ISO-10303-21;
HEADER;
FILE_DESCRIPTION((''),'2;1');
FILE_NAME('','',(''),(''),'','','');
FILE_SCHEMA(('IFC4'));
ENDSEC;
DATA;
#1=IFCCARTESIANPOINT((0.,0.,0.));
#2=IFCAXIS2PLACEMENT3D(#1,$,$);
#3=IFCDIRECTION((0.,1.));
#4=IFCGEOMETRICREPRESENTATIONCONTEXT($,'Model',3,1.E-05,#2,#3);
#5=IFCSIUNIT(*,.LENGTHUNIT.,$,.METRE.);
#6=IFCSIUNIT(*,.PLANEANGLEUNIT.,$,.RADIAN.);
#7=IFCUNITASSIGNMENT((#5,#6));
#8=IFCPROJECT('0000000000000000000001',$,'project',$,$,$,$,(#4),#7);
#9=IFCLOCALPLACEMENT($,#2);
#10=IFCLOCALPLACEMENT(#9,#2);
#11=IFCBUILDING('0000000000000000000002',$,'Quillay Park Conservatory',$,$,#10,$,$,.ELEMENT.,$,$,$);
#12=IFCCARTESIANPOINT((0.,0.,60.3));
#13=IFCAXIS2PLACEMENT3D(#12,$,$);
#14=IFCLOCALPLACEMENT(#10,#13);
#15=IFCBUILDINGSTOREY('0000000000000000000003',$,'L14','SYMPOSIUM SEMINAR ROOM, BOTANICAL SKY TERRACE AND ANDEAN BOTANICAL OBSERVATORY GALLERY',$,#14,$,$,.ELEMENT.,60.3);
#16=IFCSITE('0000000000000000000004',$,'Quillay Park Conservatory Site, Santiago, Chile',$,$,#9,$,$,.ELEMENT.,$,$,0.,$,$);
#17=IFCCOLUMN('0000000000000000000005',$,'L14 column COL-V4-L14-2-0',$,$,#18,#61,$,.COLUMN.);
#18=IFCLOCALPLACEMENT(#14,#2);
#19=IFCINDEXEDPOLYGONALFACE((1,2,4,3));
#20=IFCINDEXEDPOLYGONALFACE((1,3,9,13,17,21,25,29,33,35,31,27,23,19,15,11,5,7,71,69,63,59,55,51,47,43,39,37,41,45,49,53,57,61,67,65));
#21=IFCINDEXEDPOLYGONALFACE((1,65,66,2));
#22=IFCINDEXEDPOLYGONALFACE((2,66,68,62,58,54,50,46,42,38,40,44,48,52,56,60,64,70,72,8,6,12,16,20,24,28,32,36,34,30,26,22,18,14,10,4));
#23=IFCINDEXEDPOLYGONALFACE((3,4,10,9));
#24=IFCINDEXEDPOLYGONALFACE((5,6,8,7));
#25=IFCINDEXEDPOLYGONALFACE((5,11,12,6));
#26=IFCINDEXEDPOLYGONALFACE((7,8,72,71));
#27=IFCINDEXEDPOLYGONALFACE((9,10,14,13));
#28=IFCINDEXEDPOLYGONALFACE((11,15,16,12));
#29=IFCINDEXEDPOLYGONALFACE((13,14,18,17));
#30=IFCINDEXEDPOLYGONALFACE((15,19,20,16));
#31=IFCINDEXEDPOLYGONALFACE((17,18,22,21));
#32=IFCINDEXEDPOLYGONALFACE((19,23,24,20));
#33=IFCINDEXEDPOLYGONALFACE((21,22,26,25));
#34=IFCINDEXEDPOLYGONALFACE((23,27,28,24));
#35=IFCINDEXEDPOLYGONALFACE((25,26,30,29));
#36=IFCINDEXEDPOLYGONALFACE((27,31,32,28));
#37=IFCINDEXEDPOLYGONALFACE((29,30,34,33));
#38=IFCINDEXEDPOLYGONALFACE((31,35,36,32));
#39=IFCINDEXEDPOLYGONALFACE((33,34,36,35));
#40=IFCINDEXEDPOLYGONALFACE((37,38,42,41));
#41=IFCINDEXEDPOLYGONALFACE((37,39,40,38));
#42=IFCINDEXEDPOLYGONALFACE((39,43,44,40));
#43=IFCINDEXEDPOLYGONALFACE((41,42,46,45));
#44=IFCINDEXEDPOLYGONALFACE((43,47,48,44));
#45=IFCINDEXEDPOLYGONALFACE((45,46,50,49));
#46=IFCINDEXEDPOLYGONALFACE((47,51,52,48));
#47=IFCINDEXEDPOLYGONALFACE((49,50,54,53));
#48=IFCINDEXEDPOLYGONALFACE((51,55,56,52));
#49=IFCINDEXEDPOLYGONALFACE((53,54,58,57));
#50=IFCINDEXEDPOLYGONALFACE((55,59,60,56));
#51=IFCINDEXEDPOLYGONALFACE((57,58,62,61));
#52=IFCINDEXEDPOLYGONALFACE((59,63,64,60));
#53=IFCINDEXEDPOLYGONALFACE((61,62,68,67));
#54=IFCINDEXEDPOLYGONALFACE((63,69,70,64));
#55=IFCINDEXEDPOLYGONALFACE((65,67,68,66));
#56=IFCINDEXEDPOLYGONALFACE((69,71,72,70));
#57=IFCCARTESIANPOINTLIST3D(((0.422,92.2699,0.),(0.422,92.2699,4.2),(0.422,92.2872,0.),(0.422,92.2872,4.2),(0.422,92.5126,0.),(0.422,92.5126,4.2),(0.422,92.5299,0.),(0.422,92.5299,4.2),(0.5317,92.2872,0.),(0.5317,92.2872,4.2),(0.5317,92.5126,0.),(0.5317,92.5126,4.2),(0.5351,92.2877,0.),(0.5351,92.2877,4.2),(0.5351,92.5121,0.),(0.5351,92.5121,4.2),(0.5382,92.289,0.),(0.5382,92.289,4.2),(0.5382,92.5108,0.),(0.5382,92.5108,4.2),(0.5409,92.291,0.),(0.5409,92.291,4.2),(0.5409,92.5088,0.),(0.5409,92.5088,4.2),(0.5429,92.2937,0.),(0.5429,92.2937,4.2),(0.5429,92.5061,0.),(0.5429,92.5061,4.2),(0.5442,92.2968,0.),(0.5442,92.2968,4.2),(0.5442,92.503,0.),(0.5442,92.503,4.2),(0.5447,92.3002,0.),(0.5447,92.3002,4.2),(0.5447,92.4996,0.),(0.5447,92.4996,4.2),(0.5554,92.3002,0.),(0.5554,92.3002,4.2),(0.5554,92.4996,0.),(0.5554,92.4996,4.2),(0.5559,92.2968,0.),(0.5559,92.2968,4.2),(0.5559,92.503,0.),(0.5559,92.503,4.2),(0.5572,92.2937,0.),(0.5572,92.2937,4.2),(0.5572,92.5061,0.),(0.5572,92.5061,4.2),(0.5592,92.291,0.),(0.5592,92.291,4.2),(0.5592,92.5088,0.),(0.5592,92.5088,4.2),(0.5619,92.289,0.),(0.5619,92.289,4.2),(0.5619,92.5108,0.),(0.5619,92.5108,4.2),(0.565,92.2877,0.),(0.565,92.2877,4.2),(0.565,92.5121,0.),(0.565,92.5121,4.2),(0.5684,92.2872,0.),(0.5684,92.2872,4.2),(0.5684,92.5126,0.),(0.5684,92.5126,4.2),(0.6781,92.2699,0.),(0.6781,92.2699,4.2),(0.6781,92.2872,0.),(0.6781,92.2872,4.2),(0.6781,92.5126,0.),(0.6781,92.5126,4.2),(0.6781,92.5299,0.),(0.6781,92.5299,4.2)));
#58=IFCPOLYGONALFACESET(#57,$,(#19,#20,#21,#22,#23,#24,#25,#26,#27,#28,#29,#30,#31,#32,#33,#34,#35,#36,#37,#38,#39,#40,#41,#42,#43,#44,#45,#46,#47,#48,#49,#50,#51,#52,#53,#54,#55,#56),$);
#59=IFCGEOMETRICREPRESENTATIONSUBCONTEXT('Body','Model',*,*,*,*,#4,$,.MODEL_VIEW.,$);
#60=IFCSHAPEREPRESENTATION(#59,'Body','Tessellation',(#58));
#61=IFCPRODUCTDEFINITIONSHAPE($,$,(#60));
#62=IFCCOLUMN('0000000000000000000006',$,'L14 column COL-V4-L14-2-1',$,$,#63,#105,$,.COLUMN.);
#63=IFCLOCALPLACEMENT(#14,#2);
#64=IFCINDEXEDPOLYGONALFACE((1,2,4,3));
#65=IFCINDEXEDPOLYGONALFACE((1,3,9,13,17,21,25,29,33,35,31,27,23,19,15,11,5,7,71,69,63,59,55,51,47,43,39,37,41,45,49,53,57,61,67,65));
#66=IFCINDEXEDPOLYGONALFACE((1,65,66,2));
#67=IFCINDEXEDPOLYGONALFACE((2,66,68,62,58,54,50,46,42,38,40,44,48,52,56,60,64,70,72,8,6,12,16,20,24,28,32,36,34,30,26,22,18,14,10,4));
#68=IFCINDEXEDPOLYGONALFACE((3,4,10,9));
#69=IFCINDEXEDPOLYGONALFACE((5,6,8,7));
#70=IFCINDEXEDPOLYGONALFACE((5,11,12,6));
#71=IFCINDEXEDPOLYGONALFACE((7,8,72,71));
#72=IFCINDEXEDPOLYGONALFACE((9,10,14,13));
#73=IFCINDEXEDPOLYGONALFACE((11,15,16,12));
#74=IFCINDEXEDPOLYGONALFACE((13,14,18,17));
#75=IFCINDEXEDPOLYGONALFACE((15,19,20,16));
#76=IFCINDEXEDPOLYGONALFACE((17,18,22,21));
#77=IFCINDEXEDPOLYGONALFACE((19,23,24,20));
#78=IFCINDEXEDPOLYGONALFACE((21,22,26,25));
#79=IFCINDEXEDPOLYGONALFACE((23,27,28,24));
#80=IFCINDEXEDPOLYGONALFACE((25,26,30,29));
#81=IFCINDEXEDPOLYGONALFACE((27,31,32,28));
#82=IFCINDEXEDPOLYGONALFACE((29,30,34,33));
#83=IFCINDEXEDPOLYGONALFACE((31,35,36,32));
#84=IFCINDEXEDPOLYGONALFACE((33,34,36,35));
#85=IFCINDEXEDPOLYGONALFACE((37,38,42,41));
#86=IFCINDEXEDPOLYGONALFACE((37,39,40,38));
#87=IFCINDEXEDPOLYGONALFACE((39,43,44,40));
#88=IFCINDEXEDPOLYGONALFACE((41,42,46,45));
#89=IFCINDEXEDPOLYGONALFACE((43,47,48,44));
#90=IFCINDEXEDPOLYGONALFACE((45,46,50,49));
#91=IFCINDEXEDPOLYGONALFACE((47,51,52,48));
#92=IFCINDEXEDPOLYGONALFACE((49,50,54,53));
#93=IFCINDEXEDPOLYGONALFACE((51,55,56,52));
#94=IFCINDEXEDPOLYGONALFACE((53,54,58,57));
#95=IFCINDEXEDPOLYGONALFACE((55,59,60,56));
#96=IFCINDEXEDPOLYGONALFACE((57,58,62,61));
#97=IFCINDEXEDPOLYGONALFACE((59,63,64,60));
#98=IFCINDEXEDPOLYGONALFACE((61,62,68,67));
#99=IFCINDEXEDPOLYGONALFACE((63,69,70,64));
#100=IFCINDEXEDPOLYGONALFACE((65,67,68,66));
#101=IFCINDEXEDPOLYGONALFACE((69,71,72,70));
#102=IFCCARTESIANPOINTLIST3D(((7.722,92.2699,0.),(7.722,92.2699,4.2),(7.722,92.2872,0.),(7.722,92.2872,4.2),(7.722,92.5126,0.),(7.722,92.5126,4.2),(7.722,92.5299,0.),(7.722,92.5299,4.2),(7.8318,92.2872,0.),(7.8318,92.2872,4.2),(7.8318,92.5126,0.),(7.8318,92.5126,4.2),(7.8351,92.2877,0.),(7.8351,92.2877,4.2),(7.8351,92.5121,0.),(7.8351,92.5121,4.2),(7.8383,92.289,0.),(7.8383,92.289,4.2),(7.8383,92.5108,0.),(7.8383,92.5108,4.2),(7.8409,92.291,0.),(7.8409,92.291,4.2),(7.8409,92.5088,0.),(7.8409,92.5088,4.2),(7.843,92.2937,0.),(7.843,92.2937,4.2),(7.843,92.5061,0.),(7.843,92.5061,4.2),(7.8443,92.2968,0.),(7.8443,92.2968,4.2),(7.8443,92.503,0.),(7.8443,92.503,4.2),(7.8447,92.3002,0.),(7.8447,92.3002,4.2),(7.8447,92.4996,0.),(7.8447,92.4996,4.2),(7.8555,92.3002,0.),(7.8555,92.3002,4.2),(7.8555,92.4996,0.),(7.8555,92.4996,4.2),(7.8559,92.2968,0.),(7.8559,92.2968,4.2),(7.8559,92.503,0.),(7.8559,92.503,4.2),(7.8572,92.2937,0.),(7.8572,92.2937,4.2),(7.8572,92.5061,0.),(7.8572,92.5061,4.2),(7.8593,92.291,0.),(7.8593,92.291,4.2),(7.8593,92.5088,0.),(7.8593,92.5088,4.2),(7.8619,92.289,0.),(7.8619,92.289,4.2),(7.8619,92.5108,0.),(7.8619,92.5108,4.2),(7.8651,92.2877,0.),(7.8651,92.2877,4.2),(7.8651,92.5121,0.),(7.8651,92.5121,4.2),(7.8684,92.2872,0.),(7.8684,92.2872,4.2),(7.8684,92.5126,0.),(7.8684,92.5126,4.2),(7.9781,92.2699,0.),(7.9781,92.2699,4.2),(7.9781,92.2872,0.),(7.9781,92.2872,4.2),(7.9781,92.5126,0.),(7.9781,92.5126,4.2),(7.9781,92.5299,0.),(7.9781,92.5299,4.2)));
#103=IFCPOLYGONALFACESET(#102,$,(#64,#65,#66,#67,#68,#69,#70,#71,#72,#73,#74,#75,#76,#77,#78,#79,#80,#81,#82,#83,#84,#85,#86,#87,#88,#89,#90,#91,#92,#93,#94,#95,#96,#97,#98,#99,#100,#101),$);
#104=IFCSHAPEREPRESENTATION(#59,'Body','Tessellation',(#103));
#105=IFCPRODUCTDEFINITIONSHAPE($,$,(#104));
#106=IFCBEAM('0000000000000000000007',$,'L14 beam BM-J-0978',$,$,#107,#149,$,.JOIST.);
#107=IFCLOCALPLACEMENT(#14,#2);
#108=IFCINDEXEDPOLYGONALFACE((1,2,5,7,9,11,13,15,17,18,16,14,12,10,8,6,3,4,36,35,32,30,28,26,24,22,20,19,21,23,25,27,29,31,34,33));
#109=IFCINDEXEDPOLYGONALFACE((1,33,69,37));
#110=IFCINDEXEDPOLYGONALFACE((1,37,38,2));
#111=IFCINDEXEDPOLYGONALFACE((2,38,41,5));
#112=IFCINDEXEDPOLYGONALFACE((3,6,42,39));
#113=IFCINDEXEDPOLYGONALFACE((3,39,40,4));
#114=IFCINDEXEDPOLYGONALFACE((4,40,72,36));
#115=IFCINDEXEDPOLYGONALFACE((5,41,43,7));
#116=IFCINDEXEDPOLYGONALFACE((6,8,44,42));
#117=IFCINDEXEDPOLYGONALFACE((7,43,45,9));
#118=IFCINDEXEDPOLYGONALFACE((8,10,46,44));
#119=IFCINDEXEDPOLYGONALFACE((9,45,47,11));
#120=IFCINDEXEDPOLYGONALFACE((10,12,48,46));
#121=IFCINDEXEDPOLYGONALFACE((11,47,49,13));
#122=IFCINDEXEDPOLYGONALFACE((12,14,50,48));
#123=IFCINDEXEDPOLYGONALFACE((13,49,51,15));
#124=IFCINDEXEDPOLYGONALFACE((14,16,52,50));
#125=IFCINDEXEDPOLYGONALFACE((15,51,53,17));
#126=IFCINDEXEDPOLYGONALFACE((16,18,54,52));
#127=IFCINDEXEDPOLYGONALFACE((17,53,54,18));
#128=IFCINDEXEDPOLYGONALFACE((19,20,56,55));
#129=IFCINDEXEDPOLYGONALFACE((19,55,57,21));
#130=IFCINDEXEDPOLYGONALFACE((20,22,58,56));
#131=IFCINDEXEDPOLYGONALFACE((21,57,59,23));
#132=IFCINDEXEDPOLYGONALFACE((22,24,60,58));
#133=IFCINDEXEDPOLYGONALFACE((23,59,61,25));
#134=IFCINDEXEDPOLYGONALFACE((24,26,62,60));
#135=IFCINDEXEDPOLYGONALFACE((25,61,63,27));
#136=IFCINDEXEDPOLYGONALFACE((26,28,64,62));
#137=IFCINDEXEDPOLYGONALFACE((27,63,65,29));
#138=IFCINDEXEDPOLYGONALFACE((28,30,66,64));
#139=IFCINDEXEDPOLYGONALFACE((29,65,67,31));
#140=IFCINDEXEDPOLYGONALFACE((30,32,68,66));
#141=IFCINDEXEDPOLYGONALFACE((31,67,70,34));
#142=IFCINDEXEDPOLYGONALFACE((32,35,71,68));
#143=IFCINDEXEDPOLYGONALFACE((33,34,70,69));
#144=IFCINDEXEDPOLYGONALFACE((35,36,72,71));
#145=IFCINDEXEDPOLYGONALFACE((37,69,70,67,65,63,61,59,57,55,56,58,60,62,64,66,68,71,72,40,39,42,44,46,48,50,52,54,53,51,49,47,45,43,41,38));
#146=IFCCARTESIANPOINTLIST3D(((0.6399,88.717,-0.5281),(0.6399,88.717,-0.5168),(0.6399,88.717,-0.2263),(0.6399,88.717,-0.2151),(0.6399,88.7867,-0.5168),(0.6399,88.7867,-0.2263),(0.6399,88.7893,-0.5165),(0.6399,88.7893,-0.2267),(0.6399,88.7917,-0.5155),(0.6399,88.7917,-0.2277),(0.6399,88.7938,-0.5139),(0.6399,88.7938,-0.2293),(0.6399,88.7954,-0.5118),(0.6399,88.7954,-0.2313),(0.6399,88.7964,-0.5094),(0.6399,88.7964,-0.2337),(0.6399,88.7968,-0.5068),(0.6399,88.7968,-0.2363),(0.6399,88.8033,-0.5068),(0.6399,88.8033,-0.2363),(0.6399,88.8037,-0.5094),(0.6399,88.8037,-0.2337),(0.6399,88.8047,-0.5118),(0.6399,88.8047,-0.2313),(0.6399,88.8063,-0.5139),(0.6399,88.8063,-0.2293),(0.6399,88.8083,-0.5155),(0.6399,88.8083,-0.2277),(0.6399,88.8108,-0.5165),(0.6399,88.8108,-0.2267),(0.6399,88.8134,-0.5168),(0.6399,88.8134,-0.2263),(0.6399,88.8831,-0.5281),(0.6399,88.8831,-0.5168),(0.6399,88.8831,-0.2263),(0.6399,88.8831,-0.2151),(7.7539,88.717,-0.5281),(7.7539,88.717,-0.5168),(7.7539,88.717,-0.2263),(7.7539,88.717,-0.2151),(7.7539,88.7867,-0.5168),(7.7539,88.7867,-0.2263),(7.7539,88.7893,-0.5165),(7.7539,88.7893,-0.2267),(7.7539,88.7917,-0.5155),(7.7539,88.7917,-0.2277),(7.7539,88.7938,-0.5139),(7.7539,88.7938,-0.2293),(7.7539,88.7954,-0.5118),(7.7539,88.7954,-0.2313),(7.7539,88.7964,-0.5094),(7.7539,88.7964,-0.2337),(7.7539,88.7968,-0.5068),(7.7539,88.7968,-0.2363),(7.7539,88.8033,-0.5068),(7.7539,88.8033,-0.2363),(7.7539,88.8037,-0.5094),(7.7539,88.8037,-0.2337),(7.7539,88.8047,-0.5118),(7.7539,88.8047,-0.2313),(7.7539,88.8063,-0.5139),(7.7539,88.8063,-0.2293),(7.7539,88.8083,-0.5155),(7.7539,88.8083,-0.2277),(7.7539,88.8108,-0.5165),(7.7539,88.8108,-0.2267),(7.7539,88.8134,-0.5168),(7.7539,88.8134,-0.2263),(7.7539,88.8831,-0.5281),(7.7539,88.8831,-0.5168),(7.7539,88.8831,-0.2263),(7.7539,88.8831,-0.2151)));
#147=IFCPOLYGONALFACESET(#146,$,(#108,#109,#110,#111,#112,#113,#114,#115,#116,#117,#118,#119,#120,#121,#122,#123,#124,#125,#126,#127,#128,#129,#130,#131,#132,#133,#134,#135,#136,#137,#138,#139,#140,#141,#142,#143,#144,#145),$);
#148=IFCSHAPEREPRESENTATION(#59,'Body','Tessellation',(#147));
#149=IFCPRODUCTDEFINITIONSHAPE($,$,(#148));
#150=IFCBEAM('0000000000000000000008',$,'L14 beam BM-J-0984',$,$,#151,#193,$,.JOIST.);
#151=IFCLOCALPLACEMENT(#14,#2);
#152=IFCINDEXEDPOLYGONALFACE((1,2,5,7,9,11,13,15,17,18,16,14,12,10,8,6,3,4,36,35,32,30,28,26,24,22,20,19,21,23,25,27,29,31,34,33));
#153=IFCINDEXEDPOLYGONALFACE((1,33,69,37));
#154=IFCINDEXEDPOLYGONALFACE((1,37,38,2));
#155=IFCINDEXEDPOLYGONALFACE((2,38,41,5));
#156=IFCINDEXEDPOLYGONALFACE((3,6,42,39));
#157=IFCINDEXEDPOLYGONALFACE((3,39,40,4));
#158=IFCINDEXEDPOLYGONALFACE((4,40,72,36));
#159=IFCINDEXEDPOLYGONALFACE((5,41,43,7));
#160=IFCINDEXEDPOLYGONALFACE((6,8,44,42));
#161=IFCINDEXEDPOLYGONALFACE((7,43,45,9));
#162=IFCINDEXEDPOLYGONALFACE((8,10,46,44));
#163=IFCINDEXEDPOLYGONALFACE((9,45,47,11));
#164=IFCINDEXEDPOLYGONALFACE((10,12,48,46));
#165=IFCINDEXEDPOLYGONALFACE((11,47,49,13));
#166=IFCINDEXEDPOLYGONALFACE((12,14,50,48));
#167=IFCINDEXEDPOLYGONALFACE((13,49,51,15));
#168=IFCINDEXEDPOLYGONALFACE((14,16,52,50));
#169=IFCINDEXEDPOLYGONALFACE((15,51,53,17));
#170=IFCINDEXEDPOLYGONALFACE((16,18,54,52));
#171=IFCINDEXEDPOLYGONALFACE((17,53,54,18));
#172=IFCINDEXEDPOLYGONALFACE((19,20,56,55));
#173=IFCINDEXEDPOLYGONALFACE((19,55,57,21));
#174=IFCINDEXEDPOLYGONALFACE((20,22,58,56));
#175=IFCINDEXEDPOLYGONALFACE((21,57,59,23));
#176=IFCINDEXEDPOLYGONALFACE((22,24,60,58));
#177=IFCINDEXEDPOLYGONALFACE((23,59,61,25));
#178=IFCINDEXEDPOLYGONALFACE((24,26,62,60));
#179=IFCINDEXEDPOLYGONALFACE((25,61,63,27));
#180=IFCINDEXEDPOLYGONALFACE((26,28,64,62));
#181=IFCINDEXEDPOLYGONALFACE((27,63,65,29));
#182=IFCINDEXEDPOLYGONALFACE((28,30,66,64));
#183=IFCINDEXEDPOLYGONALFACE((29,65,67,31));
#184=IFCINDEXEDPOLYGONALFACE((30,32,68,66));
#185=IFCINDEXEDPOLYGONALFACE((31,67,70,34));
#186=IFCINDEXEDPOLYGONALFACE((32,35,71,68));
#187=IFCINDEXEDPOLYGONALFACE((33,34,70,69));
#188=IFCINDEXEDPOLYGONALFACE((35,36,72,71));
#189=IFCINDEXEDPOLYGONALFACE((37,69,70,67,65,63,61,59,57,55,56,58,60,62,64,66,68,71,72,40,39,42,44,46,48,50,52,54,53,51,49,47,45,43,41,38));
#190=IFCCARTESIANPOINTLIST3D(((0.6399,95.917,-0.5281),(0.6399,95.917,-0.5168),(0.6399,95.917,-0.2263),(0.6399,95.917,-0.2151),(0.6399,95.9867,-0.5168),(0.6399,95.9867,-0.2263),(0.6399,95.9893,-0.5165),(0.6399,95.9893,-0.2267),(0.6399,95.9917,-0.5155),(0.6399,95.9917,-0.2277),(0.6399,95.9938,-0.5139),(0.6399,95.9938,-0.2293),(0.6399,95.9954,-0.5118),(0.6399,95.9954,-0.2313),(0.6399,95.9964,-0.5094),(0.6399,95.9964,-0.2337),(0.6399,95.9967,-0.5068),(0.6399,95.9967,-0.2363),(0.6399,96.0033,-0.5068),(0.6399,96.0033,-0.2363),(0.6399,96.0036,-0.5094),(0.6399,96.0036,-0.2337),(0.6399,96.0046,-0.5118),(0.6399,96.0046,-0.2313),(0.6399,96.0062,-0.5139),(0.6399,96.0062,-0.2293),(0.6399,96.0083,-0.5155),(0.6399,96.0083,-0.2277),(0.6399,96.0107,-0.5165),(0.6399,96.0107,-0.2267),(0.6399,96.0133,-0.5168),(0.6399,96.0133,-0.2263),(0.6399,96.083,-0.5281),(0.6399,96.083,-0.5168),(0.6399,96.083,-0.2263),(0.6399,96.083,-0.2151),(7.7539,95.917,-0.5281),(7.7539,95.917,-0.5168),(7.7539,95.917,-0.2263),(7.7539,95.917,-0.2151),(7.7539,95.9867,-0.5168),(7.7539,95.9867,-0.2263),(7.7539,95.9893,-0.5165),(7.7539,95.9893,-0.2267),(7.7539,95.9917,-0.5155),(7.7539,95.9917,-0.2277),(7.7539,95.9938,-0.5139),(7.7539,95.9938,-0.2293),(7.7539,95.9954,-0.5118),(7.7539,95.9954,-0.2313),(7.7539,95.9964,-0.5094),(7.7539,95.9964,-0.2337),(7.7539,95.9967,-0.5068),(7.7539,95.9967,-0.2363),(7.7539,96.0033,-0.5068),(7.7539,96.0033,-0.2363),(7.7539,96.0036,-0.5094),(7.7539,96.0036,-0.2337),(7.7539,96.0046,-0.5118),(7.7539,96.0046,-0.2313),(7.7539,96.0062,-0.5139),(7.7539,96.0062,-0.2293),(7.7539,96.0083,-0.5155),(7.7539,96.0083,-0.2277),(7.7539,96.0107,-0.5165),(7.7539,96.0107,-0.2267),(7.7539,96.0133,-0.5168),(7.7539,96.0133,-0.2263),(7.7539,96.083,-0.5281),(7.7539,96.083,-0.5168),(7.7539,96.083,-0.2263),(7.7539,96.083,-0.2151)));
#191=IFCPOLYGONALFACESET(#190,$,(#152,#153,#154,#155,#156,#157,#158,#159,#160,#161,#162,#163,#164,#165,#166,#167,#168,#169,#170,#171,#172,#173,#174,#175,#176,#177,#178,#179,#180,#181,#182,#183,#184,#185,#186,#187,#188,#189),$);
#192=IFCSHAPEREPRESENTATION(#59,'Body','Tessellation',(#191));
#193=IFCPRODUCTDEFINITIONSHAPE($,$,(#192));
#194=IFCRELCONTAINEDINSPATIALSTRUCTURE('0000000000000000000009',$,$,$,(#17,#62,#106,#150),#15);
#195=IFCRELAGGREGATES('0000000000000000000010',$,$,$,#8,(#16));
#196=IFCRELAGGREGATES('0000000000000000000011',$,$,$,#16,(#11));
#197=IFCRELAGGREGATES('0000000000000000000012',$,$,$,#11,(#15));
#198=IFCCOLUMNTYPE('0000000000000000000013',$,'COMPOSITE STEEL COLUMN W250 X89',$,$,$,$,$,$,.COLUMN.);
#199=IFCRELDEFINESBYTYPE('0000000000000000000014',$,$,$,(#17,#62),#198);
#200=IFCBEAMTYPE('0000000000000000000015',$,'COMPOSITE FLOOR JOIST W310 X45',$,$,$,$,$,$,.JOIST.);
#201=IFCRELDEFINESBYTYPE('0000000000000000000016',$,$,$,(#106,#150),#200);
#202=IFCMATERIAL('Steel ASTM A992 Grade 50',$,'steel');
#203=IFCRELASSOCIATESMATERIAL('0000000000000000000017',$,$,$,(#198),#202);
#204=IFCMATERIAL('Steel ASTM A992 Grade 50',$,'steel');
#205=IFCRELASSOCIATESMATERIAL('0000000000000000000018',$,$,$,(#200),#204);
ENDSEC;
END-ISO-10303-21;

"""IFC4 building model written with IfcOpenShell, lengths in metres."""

from ifc_helpers import new_model, si_unit, direction, frame, origin, origin_2d, place, context, subcontext, project, spatial, i_section, extrude, material, material_profile, profile_set, type_object, element, save


model = new_model("IFC4")

# Units and contexts
model_context = context("Model", 3, precision=1e-05, world=origin(), true_north=direction((0.0, 1.0)))
body_context = subcontext(model_context, "Body", "Model", "MODEL_VIEW")
ifc_project = project(units=[si_unit("LENGTHUNIT", "METRE"), si_unit("PLANEANGLEUNIT", "RADIAN")], contexts=[model_context])

# Site, building, storey
site_placement = place(None, origin())
site = spatial("IfcSite", under=ifc_project, at=site_placement, Name="Quillay Park Conservatory Site, Santiago, Chile", CompositionType="ELEMENT", RefElevation=0.0)
building_placement = place(site_placement, origin())
building = spatial("IfcBuilding", under=site, at=building_placement, Name="Quillay Park Conservatory", CompositionType="ELEMENT")
storey_placement = place(building_placement, frame((0.0, 0.0, 60.3)))
storey = spatial("IfcBuildingStorey", under=building, at=storey_placement, Name="L14", Description="SYMPOSIUM SEMINAR ROOM, BOTANICAL SKY TERRACE AND ANDEAN BOTANICAL OBSERVATORY GALLERY", CompositionType="ELEMENT", Elevation=60.3)

# Columns
ifc_material_1 = material(Name="Steel ASTM A992 Grade 50", Category="steel")
ifc_material_profile_1 = material_profile(ifc_material_1, i_section(OverallWidth=0.2561, OverallDepth=0.26, WebThickness=0.0107, FlangeThickness=0.0173, FilletRadius=0.0129, at=origin_2d()), Name="W250x89")
ifc_profile_set_1 = profile_set([ifc_material_profile_1], Name="Steel ASTM A992 Grade 50")
column_type = type_object("IfcColumnType", Name="COMPOSITE STEEL COLUMN W250 X89", PredefinedType="COLUMN", material=ifc_profile_set_1)
for number, where, z_axis, x_axis, name in (
    (1, (0.55, 92.3999, 0.0), (0.0, 0.0, 1.0), (1.0, 0.0, 0.0), "L14 column COL-V4-L14-2-0"),
    (2, (7.8501, 92.3999, 0.0), (0.0, 0.0, 1.0), (1.0, 0.0, 0.0), "L14 column COL-V4-L14-2-1"),
):
    element("IfcColumn", number, at=place(storey_placement, frame(where, z_axis=z_axis, x_axis=x_axis)), inside=storey, type_object=column_type, Name=name, PredefinedType="COLUMN", context=body_context, shape_type="SweptSolid", body=[
        extrude(i_section(OverallWidth=0.2561, OverallDepth=0.26, WebThickness=0.0107, FlangeThickness=0.0173, FilletRadius=0.0129, at=origin_2d()), origin(), (0.0, 0.0, 1.0), 4.2),
    ])

# Beams
ifc_material_2 = material(Name="Steel ASTM A992 Grade 50", Category="steel")
ifc_material_profile_2 = material_profile(ifc_material_2, i_section(OverallWidth=0.166, OverallDepth=0.313, WebThickness=0.0066, FlangeThickness=0.0112, FilletRadius=0.01, at=origin_2d()), Name="W310x45")
ifc_profile_set_2 = profile_set([ifc_material_profile_2], Name="Steel ASTM A992 Grade 50")
beam_type_1 = type_object("IfcBeamType", Name="COMPOSITE FLOOR JOIST W310 X45", PredefinedType="JOIST", material=ifc_profile_set_2)
for number, where, z_axis, x_axis, name in (
    (3, (0.6399, 88.8, -0.3716), (1.0, 0.0, 0.0), (0.0, 1.0, 0.0), "L14 beam BM-J-0978"),
    (4, (0.6399, 96.0, -0.3716), (1.0, 0.0, 0.0), (0.0, 1.0, 0.0), "L14 beam BM-J-0984"),
):
    element("IfcBeam", number, at=place(storey_placement, frame(where, z_axis=z_axis, x_axis=x_axis)), inside=storey, type_object=beam_type_1, Name=name, PredefinedType="JOIST", context=body_context, shape_type="SweptSolid", body=[
        extrude(i_section(OverallWidth=0.166, OverallDepth=0.313, WebThickness=0.0066, FlangeThickness=0.0112, FilletRadius=0.01, at=origin_2d()), origin(), (0.0, 0.0, 1.0), 7.114),
    ])

save(model, "model.ifc")
